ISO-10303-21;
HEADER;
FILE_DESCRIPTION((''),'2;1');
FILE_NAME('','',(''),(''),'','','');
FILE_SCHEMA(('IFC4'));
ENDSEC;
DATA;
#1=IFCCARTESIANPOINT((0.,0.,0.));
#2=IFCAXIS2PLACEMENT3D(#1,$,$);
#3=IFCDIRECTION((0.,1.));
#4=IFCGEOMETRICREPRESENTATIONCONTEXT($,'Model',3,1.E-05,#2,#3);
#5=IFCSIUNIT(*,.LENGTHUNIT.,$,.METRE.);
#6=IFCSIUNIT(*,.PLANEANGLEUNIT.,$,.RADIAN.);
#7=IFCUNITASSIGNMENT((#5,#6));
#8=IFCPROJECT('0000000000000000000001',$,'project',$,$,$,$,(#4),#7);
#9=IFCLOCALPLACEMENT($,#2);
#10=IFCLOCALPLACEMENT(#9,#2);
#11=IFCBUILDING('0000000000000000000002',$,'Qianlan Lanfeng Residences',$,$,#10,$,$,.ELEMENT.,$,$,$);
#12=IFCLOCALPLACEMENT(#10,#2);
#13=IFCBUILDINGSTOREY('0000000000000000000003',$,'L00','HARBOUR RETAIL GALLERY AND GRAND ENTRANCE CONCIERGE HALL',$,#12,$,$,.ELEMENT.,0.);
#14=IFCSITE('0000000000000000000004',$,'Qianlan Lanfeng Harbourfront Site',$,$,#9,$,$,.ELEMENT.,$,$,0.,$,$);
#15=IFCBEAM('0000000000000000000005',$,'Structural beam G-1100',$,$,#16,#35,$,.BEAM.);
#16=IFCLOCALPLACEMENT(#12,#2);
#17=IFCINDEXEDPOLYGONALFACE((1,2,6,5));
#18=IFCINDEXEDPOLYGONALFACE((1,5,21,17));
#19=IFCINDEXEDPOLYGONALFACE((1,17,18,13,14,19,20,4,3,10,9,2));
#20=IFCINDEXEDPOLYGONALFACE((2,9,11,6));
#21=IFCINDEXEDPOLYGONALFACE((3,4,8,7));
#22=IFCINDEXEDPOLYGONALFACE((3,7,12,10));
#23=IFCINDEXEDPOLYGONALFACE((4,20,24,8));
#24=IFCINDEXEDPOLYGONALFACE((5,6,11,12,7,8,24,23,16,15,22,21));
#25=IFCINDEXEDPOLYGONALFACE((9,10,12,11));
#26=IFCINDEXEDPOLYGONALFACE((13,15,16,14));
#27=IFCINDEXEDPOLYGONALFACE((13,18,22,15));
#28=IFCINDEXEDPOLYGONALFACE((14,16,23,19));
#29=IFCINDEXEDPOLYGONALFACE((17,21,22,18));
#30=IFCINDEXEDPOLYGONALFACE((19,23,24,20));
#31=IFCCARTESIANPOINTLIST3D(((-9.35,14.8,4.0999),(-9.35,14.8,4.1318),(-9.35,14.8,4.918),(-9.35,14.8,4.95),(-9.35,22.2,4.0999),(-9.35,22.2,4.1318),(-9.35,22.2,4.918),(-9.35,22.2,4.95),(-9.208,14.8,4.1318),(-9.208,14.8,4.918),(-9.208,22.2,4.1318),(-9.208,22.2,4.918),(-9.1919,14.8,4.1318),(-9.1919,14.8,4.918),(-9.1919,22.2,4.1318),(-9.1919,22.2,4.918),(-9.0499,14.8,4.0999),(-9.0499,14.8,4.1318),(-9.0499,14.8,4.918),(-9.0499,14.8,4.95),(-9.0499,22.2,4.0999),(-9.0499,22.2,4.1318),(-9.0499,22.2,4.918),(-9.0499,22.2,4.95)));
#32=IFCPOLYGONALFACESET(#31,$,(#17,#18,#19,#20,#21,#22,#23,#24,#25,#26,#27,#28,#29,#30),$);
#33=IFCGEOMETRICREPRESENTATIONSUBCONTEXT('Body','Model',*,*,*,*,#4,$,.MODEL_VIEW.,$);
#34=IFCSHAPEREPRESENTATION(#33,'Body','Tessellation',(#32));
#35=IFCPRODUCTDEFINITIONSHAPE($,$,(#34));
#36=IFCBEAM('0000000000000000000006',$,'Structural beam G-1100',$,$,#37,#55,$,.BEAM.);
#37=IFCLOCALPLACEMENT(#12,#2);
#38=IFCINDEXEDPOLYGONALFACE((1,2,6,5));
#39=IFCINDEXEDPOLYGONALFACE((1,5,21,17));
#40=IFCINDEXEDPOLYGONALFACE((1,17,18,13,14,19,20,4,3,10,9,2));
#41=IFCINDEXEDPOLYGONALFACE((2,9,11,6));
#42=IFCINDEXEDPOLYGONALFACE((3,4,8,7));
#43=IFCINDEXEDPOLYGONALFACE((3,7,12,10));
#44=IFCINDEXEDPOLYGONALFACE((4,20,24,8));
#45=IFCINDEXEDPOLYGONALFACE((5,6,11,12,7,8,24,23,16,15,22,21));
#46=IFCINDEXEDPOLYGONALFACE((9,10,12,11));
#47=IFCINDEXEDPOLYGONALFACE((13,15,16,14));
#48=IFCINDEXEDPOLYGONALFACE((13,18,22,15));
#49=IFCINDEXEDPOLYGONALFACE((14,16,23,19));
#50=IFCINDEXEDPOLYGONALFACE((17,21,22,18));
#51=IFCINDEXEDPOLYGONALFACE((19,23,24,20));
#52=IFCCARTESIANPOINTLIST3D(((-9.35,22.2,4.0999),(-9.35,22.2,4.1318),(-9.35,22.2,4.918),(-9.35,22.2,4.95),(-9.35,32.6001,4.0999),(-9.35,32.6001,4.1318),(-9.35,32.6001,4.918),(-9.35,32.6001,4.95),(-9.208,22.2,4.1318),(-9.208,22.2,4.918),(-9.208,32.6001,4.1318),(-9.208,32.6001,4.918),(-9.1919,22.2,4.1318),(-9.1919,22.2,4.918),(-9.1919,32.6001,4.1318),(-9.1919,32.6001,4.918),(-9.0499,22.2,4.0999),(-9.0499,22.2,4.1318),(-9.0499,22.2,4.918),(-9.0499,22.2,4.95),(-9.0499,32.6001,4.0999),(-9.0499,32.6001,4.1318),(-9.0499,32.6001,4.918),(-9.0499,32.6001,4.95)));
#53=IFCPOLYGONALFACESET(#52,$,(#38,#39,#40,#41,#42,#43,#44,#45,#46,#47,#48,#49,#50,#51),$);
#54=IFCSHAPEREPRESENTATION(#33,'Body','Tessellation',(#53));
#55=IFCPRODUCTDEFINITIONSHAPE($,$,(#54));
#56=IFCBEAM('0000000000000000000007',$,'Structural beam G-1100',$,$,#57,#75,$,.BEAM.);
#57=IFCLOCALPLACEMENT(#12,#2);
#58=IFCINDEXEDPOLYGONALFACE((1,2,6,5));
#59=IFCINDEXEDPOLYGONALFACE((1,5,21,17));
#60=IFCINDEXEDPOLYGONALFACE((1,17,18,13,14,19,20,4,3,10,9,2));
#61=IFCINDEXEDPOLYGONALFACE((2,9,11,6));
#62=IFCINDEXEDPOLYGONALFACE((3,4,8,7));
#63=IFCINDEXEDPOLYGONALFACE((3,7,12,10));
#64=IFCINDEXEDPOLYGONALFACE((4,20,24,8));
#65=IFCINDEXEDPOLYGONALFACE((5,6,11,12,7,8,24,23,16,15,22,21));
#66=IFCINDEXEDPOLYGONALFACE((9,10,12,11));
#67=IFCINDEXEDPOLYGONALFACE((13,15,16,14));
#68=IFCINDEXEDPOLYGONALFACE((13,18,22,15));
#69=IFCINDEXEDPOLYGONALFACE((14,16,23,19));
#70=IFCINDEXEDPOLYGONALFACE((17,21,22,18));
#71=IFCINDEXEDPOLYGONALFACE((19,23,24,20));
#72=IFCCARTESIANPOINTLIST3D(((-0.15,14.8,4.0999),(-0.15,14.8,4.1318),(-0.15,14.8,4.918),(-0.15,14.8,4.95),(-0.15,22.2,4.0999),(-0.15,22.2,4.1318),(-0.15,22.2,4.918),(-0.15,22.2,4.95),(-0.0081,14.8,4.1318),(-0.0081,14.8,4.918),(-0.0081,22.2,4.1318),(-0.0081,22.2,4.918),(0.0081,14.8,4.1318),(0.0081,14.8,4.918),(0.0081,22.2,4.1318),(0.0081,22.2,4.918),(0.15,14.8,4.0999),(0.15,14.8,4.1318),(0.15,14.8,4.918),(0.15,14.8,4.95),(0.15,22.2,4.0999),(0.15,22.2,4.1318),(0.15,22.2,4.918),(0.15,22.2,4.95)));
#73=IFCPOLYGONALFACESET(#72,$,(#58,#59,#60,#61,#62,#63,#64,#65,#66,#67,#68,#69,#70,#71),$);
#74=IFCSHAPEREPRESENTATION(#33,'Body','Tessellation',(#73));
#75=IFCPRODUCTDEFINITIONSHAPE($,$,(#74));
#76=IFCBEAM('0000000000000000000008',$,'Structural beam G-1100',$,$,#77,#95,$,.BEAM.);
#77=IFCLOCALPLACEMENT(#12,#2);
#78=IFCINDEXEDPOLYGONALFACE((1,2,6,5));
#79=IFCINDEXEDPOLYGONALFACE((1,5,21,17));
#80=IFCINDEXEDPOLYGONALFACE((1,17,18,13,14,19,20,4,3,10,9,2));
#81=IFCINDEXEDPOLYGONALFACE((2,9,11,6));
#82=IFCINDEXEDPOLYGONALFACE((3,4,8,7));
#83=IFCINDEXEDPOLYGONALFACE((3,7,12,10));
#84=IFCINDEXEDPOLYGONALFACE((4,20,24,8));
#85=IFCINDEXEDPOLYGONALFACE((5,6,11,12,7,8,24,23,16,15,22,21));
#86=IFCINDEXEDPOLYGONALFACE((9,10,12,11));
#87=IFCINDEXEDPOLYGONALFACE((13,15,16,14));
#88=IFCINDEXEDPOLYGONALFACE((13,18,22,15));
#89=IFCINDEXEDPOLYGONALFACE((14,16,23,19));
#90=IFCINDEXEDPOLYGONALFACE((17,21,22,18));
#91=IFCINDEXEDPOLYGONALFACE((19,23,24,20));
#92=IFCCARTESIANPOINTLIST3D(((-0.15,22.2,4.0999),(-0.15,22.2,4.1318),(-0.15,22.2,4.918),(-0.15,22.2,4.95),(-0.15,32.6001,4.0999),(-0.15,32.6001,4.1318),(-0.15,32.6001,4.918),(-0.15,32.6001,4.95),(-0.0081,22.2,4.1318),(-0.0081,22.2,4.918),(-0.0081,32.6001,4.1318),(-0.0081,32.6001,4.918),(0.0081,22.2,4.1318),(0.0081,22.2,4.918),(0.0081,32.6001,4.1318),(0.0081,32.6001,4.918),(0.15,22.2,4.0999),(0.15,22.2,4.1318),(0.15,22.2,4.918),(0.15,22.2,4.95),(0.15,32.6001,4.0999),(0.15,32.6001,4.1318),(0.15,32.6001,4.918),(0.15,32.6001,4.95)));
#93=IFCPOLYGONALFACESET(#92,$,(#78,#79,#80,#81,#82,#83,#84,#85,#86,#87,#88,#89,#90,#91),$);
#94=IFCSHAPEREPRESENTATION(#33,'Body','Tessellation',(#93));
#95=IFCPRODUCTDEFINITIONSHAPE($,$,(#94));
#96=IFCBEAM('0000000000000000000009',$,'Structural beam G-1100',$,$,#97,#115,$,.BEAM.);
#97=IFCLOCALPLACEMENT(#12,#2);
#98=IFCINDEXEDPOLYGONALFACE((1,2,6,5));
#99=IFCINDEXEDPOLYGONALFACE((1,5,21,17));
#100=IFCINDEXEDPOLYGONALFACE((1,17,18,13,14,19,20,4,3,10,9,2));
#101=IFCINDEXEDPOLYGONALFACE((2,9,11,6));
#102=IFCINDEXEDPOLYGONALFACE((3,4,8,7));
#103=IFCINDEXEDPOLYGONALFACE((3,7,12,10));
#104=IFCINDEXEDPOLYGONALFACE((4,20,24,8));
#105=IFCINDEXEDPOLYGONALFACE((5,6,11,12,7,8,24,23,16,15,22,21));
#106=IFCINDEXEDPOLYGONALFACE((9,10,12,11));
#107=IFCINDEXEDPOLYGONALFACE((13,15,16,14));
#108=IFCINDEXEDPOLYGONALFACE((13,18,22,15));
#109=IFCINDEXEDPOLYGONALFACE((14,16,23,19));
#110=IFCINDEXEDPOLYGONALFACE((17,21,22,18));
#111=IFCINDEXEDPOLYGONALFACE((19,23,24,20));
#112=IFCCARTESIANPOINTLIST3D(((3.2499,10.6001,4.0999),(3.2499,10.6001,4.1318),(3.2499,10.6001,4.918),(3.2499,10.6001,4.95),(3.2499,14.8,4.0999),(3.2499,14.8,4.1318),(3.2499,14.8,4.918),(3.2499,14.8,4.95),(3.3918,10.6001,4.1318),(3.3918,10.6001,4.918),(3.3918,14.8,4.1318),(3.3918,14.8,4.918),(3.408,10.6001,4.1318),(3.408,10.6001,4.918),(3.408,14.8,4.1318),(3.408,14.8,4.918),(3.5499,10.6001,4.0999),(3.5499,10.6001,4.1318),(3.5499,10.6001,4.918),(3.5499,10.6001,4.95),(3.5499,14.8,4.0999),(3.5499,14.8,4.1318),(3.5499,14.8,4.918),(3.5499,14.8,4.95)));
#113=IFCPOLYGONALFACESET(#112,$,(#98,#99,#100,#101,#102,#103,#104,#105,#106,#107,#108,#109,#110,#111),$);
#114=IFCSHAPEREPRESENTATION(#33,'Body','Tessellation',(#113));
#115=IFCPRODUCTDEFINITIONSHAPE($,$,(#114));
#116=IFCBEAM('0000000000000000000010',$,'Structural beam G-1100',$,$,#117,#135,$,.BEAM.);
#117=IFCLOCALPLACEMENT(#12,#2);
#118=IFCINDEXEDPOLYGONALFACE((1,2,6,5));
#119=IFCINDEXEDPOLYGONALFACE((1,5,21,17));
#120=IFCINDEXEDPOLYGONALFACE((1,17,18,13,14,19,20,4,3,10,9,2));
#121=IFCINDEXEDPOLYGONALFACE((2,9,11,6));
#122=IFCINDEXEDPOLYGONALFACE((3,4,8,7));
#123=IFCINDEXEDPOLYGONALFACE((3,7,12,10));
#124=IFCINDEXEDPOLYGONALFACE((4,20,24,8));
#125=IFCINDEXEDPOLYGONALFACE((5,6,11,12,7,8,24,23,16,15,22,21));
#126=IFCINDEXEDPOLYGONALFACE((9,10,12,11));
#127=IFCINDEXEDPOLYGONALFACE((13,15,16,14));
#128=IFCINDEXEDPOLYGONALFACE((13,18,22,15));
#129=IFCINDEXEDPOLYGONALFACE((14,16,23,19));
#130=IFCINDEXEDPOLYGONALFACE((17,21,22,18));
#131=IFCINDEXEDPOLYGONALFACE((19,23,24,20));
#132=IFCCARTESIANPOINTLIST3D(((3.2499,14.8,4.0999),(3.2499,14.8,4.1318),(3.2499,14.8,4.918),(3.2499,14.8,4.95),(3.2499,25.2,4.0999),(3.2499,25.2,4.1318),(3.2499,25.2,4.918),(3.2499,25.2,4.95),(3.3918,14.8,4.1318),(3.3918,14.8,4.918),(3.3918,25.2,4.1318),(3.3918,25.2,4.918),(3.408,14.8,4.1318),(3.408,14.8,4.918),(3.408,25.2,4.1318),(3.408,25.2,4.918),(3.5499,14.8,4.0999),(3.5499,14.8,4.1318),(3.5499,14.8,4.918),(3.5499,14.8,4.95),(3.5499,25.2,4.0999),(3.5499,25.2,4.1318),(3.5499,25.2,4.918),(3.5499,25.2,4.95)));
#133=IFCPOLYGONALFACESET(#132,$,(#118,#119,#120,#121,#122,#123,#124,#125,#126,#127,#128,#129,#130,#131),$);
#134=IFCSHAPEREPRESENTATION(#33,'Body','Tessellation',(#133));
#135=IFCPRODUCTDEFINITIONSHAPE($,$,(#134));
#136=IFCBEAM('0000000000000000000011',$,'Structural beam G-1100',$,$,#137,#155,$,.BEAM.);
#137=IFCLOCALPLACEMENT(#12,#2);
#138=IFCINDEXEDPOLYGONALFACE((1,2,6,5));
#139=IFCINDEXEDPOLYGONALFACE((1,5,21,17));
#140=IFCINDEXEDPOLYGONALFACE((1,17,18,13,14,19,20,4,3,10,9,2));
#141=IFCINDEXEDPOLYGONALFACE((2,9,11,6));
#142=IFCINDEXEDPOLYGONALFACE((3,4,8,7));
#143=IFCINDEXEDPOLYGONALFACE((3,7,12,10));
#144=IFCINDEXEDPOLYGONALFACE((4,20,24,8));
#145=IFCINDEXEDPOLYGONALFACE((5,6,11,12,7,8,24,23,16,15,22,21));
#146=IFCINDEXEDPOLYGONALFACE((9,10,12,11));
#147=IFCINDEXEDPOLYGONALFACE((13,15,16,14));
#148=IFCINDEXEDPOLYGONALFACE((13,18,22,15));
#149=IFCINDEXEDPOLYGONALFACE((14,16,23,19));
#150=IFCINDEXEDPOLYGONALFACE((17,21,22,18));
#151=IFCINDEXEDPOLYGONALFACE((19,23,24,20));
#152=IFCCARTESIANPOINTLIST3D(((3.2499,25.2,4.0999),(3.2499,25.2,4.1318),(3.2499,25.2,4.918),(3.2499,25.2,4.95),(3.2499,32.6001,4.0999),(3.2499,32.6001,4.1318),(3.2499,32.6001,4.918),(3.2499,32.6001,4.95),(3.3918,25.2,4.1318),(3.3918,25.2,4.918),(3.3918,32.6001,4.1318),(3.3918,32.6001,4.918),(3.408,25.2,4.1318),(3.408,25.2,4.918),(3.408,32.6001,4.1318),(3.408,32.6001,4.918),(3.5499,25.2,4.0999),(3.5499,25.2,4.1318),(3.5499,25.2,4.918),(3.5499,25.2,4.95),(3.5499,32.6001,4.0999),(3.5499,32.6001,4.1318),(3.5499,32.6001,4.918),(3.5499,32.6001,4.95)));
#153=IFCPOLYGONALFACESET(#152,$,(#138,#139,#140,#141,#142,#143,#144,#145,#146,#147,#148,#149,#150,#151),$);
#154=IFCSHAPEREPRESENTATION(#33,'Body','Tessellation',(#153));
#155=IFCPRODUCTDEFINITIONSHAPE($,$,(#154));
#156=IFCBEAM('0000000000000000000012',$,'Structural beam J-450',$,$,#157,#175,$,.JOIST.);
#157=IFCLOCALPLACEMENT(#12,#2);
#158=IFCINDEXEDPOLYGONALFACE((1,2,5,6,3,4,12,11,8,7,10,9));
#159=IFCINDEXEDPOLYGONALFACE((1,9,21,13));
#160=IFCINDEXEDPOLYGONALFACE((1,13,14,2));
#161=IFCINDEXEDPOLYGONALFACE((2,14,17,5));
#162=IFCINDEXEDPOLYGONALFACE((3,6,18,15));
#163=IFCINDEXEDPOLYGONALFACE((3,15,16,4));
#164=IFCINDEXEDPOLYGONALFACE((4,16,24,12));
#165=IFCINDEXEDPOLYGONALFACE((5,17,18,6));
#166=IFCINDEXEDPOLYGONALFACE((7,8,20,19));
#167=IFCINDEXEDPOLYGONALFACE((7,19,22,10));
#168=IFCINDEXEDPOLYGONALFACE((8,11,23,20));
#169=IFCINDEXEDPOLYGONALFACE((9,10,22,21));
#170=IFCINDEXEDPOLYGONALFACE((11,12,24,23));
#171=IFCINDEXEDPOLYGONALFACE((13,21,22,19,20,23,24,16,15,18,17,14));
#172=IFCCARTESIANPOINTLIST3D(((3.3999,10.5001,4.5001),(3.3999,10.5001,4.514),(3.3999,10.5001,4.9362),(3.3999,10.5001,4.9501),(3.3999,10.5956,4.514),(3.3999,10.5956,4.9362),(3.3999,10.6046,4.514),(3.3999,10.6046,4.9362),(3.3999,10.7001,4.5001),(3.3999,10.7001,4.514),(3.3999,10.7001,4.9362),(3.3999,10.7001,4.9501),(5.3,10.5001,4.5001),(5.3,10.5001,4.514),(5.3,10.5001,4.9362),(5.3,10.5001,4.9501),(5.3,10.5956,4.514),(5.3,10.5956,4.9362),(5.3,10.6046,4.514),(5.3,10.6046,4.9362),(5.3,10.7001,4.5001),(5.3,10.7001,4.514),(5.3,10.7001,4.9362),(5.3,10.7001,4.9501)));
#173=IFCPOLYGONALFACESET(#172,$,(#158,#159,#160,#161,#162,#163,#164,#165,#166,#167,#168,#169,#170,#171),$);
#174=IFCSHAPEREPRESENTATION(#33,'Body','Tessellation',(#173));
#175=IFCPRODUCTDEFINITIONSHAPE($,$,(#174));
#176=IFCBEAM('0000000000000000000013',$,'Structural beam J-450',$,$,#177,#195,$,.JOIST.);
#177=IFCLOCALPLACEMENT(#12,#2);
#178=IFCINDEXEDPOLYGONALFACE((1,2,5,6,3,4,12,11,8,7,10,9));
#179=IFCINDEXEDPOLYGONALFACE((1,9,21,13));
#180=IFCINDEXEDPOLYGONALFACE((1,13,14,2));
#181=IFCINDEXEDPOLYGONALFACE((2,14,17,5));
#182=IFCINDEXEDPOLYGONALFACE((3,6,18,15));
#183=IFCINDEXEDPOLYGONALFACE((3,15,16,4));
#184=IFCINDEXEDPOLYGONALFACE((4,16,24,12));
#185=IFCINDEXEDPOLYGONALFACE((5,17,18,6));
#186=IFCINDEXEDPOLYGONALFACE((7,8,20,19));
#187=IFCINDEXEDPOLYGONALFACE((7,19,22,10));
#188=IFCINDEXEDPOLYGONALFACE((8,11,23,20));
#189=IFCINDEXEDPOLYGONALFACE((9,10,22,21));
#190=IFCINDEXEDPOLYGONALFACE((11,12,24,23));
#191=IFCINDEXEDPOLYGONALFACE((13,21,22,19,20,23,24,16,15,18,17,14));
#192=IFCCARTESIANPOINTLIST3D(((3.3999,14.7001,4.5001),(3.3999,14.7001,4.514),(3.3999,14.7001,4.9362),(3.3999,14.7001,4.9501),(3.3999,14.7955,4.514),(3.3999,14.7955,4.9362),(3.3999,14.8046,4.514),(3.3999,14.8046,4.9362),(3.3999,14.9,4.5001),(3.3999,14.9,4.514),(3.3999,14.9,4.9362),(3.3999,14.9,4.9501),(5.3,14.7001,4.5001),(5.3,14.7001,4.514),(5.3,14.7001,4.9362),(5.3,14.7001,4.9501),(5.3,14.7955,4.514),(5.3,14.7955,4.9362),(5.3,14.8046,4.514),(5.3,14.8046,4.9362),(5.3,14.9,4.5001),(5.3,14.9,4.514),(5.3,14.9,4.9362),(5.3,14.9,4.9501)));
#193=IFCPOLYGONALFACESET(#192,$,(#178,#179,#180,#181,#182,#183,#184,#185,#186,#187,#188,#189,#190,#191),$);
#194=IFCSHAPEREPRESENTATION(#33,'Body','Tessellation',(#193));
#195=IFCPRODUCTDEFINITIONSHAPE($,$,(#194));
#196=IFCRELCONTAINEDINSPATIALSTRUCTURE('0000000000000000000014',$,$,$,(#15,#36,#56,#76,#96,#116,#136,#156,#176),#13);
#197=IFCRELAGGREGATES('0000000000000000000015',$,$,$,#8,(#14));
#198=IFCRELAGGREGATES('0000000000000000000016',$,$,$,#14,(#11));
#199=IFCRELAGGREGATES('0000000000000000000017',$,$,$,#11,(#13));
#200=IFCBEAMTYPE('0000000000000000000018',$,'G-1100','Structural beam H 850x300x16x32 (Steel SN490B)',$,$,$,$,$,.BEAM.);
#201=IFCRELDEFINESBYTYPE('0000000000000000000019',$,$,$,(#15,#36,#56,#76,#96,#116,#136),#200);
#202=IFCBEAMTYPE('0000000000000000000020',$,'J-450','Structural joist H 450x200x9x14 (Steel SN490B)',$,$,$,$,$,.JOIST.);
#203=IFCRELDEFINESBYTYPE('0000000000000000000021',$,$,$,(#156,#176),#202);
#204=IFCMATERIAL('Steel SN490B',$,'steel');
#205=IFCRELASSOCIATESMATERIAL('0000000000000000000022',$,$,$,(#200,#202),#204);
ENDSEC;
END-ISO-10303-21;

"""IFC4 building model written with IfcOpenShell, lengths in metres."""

from ifc_helpers import new_model, si_unit, direction, frame, origin, origin_2d, place, context, subcontext, project, spatial, i_section, extrude, material, material_profile, profile_set, type_object, element, save


model = new_model("IFC4")

# Units and contexts
model_context = context("Model", 3, precision=1e-05, world=origin(), true_north=direction((0.0, 1.0)))
body_context = subcontext(model_context, "Body", "Model", "MODEL_VIEW")
ifc_project = project(units=[si_unit("LENGTHUNIT", "METRE"), si_unit("PLANEANGLEUNIT", "RADIAN")], contexts=[model_context])

# Site, building, storey
site_placement = place(None, origin())
site = spatial("IfcSite", under=ifc_project, at=site_placement, Name="Qianlan Lanfeng Harbourfront Site", CompositionType="ELEMENT", RefElevation=0.0)
building_placement = place(site_placement, origin())
building = spatial("IfcBuilding", under=site, at=building_placement, Name="Qianlan Lanfeng Residences", CompositionType="ELEMENT")
storey_placement = place(building_placement, origin())
storey = spatial("IfcBuildingStorey", under=building, at=storey_placement, Name="L00", Description="HARBOUR RETAIL GALLERY AND GRAND ENTRANCE CONCIERGE HALL", CompositionType="ELEMENT", Elevation=0.0)

# Beams
ifc_material_1 = material(Name="Steel SN490B", Category="steel")
ifc_material_profile_1 = material_profile(ifc_material_1, i_section(OverallWidth=0.3, OverallDepth=0.8501, WebThickness=0.0161, FlangeThickness=0.032, at=origin_2d()), Name="H 850x300x16x32")
ifc_profile_set_1 = profile_set([ifc_material_profile_1], Name="Steel SN490B")
beam_type_1 = type_object("IfcBeamType", Name="G-1100", Description="Structural beam H 850x300x16x32 (Steel SN490B)", PredefinedType="BEAM", material=ifc_profile_set_1)
beam_1_placement = place(storey_placement, frame((-9.2, 14.8, 4.5249), z_axis=(0.0, 1.0, 0.0), x_axis=(-1.0, 0.0, 0.0)))
element("IfcBeam", 1, at=beam_1_placement, inside=storey, type_object=beam_type_1, Name="Structural beam G-1100", PredefinedType="BEAM", context=body_context, shape_type="SweptSolid", body=[
    extrude(i_section(OverallWidth=0.3, OverallDepth=0.8501, WebThickness=0.0161, FlangeThickness=0.032, at=origin_2d()), origin(), (0.0, 0.0, 1.0), 7.3999),
])
beam_2_placement = place(storey_placement, frame((-9.2, 22.2, 4.5249), z_axis=(0.0, 1.0, 0.0), x_axis=(-1.0, 0.0, 0.0)))
element("IfcBeam", 2, at=beam_2_placement, inside=storey, type_object=beam_type_1, Name="Structural beam G-1100", PredefinedType="BEAM", context=body_context, shape_type="SweptSolid", body=[
    extrude(i_section(OverallWidth=0.3, OverallDepth=0.8501, WebThickness=0.0161, FlangeThickness=0.032, at=origin_2d()), origin(), (0.0, 0.0, 1.0), 10.4001),
])
beam_3_placement = place(storey_placement, frame((0.0, 14.8, 4.5249), z_axis=(0.0, 1.0, 0.0), x_axis=(-1.0, 0.0, 0.0)))
element("IfcBeam", 3, at=beam_3_placement, inside=storey, type_object=beam_type_1, Name="Structural beam G-1100", PredefinedType="BEAM", context=body_context, shape_type="SweptSolid", body=[
    extrude(i_section(OverallWidth=0.3, OverallDepth=0.8501, WebThickness=0.0161, FlangeThickness=0.032, at=origin_2d()), origin(), (0.0, 0.0, 1.0), 7.3999),
])
beam_4_placement = place(storey_placement, frame((0.0, 22.2, 4.5249), z_axis=(0.0, 1.0, 0.0), x_axis=(-1.0, 0.0, 0.0)))
element("IfcBeam", 4, at=beam_4_placement, inside=storey, type_object=beam_type_1, Name="Structural beam G-1100", PredefinedType="BEAM", context=body_context, shape_type="SweptSolid", body=[
    extrude(i_section(OverallWidth=0.3, OverallDepth=0.8501, WebThickness=0.0161, FlangeThickness=0.032, at=origin_2d()), origin(), (0.0, 0.0, 1.0), 10.4001),
])
beam_5_placement = place(storey_placement, frame((3.3999, 10.6001, 4.5249), z_axis=(0.0, 1.0, 0.0), x_axis=(-1.0, 0.0, 0.0)))
element("IfcBeam", 5, at=beam_5_placement, inside=storey, type_object=beam_type_1, Name="Structural beam G-1100", PredefinedType="BEAM", context=body_context, shape_type="SweptSolid", body=[
    extrude(i_section(OverallWidth=0.3, OverallDepth=0.8501, WebThickness=0.0161, FlangeThickness=0.032, at=origin_2d()), origin(), (0.0, 0.0, 1.0), 4.2),
])
beam_6_placement = place(storey_placement, frame((3.3999, 14.8, 4.5249), z_axis=(0.0, 1.0, 0.0), x_axis=(-1.0, 0.0, 0.0)))
element("IfcBeam", 6, at=beam_6_placement, inside=storey, type_object=beam_type_1, Name="Structural beam G-1100", PredefinedType="BEAM", context=body_context, shape_type="SweptSolid", body=[
    extrude(i_section(OverallWidth=0.3, OverallDepth=0.8501, WebThickness=0.0161, FlangeThickness=0.032, at=origin_2d()), origin(), (0.0, 0.0, 1.0), 10.3999),
])
beam_7_placement = place(storey_placement, frame((3.3999, 25.2, 4.5249), z_axis=(0.0, 1.0, 0.0), x_axis=(-1.0, 0.0, 0.0)))
element("IfcBeam", 7, at=beam_7_placement, inside=storey, type_object=beam_type_1, Name="Structural beam G-1100", PredefinedType="BEAM", context=body_context, shape_type="SweptSolid", body=[
    extrude(i_section(OverallWidth=0.3, OverallDepth=0.8501, WebThickness=0.0161, FlangeThickness=0.032, at=origin_2d()), origin(), (0.0, 0.0, 1.0), 7.4001),
])
ifc_material_profile_2 = material_profile(ifc_material_1, i_section(OverallWidth=0.2, OverallDepth=0.45, WebThickness=0.009, FlangeThickness=0.0139, at=origin_2d()), Name="H 450x200x9x14")
ifc_profile_set_2 = profile_set([ifc_material_profile_2], Name="Steel SN490B")
beam_type_2 = type_object("IfcBeamType", Name="J-450", Description="Structural joist H 450x200x9x14 (Steel SN490B)", PredefinedType="JOIST", material=ifc_profile_set_2)
for number, where, z_axis, x_axis, name in (
    (8, (3.3999, 10.6001, 4.7251), (1.0, 0.0, 0.0), (0.0, 1.0, 0.0), "Structural beam J-450"),
    (9, (3.3999, 14.8, 4.7251), (1.0, 0.0, 0.0), (0.0, 1.0, 0.0), "Structural beam J-450"),
):
    element("IfcBeam", number, at=place(storey_placement, frame(where, z_axis=z_axis, x_axis=x_axis)), inside=storey, type_object=beam_type_2, Name=name, PredefinedType="JOIST", context=body_context, shape_type="SweptSolid", body=[
        extrude(i_section(OverallWidth=0.2, OverallDepth=0.45, WebThickness=0.009, FlangeThickness=0.0139, at=origin_2d()), origin(), (0.0, 0.0, 1.0), 1.9001),
    ])

save(model, "model.ifc")
